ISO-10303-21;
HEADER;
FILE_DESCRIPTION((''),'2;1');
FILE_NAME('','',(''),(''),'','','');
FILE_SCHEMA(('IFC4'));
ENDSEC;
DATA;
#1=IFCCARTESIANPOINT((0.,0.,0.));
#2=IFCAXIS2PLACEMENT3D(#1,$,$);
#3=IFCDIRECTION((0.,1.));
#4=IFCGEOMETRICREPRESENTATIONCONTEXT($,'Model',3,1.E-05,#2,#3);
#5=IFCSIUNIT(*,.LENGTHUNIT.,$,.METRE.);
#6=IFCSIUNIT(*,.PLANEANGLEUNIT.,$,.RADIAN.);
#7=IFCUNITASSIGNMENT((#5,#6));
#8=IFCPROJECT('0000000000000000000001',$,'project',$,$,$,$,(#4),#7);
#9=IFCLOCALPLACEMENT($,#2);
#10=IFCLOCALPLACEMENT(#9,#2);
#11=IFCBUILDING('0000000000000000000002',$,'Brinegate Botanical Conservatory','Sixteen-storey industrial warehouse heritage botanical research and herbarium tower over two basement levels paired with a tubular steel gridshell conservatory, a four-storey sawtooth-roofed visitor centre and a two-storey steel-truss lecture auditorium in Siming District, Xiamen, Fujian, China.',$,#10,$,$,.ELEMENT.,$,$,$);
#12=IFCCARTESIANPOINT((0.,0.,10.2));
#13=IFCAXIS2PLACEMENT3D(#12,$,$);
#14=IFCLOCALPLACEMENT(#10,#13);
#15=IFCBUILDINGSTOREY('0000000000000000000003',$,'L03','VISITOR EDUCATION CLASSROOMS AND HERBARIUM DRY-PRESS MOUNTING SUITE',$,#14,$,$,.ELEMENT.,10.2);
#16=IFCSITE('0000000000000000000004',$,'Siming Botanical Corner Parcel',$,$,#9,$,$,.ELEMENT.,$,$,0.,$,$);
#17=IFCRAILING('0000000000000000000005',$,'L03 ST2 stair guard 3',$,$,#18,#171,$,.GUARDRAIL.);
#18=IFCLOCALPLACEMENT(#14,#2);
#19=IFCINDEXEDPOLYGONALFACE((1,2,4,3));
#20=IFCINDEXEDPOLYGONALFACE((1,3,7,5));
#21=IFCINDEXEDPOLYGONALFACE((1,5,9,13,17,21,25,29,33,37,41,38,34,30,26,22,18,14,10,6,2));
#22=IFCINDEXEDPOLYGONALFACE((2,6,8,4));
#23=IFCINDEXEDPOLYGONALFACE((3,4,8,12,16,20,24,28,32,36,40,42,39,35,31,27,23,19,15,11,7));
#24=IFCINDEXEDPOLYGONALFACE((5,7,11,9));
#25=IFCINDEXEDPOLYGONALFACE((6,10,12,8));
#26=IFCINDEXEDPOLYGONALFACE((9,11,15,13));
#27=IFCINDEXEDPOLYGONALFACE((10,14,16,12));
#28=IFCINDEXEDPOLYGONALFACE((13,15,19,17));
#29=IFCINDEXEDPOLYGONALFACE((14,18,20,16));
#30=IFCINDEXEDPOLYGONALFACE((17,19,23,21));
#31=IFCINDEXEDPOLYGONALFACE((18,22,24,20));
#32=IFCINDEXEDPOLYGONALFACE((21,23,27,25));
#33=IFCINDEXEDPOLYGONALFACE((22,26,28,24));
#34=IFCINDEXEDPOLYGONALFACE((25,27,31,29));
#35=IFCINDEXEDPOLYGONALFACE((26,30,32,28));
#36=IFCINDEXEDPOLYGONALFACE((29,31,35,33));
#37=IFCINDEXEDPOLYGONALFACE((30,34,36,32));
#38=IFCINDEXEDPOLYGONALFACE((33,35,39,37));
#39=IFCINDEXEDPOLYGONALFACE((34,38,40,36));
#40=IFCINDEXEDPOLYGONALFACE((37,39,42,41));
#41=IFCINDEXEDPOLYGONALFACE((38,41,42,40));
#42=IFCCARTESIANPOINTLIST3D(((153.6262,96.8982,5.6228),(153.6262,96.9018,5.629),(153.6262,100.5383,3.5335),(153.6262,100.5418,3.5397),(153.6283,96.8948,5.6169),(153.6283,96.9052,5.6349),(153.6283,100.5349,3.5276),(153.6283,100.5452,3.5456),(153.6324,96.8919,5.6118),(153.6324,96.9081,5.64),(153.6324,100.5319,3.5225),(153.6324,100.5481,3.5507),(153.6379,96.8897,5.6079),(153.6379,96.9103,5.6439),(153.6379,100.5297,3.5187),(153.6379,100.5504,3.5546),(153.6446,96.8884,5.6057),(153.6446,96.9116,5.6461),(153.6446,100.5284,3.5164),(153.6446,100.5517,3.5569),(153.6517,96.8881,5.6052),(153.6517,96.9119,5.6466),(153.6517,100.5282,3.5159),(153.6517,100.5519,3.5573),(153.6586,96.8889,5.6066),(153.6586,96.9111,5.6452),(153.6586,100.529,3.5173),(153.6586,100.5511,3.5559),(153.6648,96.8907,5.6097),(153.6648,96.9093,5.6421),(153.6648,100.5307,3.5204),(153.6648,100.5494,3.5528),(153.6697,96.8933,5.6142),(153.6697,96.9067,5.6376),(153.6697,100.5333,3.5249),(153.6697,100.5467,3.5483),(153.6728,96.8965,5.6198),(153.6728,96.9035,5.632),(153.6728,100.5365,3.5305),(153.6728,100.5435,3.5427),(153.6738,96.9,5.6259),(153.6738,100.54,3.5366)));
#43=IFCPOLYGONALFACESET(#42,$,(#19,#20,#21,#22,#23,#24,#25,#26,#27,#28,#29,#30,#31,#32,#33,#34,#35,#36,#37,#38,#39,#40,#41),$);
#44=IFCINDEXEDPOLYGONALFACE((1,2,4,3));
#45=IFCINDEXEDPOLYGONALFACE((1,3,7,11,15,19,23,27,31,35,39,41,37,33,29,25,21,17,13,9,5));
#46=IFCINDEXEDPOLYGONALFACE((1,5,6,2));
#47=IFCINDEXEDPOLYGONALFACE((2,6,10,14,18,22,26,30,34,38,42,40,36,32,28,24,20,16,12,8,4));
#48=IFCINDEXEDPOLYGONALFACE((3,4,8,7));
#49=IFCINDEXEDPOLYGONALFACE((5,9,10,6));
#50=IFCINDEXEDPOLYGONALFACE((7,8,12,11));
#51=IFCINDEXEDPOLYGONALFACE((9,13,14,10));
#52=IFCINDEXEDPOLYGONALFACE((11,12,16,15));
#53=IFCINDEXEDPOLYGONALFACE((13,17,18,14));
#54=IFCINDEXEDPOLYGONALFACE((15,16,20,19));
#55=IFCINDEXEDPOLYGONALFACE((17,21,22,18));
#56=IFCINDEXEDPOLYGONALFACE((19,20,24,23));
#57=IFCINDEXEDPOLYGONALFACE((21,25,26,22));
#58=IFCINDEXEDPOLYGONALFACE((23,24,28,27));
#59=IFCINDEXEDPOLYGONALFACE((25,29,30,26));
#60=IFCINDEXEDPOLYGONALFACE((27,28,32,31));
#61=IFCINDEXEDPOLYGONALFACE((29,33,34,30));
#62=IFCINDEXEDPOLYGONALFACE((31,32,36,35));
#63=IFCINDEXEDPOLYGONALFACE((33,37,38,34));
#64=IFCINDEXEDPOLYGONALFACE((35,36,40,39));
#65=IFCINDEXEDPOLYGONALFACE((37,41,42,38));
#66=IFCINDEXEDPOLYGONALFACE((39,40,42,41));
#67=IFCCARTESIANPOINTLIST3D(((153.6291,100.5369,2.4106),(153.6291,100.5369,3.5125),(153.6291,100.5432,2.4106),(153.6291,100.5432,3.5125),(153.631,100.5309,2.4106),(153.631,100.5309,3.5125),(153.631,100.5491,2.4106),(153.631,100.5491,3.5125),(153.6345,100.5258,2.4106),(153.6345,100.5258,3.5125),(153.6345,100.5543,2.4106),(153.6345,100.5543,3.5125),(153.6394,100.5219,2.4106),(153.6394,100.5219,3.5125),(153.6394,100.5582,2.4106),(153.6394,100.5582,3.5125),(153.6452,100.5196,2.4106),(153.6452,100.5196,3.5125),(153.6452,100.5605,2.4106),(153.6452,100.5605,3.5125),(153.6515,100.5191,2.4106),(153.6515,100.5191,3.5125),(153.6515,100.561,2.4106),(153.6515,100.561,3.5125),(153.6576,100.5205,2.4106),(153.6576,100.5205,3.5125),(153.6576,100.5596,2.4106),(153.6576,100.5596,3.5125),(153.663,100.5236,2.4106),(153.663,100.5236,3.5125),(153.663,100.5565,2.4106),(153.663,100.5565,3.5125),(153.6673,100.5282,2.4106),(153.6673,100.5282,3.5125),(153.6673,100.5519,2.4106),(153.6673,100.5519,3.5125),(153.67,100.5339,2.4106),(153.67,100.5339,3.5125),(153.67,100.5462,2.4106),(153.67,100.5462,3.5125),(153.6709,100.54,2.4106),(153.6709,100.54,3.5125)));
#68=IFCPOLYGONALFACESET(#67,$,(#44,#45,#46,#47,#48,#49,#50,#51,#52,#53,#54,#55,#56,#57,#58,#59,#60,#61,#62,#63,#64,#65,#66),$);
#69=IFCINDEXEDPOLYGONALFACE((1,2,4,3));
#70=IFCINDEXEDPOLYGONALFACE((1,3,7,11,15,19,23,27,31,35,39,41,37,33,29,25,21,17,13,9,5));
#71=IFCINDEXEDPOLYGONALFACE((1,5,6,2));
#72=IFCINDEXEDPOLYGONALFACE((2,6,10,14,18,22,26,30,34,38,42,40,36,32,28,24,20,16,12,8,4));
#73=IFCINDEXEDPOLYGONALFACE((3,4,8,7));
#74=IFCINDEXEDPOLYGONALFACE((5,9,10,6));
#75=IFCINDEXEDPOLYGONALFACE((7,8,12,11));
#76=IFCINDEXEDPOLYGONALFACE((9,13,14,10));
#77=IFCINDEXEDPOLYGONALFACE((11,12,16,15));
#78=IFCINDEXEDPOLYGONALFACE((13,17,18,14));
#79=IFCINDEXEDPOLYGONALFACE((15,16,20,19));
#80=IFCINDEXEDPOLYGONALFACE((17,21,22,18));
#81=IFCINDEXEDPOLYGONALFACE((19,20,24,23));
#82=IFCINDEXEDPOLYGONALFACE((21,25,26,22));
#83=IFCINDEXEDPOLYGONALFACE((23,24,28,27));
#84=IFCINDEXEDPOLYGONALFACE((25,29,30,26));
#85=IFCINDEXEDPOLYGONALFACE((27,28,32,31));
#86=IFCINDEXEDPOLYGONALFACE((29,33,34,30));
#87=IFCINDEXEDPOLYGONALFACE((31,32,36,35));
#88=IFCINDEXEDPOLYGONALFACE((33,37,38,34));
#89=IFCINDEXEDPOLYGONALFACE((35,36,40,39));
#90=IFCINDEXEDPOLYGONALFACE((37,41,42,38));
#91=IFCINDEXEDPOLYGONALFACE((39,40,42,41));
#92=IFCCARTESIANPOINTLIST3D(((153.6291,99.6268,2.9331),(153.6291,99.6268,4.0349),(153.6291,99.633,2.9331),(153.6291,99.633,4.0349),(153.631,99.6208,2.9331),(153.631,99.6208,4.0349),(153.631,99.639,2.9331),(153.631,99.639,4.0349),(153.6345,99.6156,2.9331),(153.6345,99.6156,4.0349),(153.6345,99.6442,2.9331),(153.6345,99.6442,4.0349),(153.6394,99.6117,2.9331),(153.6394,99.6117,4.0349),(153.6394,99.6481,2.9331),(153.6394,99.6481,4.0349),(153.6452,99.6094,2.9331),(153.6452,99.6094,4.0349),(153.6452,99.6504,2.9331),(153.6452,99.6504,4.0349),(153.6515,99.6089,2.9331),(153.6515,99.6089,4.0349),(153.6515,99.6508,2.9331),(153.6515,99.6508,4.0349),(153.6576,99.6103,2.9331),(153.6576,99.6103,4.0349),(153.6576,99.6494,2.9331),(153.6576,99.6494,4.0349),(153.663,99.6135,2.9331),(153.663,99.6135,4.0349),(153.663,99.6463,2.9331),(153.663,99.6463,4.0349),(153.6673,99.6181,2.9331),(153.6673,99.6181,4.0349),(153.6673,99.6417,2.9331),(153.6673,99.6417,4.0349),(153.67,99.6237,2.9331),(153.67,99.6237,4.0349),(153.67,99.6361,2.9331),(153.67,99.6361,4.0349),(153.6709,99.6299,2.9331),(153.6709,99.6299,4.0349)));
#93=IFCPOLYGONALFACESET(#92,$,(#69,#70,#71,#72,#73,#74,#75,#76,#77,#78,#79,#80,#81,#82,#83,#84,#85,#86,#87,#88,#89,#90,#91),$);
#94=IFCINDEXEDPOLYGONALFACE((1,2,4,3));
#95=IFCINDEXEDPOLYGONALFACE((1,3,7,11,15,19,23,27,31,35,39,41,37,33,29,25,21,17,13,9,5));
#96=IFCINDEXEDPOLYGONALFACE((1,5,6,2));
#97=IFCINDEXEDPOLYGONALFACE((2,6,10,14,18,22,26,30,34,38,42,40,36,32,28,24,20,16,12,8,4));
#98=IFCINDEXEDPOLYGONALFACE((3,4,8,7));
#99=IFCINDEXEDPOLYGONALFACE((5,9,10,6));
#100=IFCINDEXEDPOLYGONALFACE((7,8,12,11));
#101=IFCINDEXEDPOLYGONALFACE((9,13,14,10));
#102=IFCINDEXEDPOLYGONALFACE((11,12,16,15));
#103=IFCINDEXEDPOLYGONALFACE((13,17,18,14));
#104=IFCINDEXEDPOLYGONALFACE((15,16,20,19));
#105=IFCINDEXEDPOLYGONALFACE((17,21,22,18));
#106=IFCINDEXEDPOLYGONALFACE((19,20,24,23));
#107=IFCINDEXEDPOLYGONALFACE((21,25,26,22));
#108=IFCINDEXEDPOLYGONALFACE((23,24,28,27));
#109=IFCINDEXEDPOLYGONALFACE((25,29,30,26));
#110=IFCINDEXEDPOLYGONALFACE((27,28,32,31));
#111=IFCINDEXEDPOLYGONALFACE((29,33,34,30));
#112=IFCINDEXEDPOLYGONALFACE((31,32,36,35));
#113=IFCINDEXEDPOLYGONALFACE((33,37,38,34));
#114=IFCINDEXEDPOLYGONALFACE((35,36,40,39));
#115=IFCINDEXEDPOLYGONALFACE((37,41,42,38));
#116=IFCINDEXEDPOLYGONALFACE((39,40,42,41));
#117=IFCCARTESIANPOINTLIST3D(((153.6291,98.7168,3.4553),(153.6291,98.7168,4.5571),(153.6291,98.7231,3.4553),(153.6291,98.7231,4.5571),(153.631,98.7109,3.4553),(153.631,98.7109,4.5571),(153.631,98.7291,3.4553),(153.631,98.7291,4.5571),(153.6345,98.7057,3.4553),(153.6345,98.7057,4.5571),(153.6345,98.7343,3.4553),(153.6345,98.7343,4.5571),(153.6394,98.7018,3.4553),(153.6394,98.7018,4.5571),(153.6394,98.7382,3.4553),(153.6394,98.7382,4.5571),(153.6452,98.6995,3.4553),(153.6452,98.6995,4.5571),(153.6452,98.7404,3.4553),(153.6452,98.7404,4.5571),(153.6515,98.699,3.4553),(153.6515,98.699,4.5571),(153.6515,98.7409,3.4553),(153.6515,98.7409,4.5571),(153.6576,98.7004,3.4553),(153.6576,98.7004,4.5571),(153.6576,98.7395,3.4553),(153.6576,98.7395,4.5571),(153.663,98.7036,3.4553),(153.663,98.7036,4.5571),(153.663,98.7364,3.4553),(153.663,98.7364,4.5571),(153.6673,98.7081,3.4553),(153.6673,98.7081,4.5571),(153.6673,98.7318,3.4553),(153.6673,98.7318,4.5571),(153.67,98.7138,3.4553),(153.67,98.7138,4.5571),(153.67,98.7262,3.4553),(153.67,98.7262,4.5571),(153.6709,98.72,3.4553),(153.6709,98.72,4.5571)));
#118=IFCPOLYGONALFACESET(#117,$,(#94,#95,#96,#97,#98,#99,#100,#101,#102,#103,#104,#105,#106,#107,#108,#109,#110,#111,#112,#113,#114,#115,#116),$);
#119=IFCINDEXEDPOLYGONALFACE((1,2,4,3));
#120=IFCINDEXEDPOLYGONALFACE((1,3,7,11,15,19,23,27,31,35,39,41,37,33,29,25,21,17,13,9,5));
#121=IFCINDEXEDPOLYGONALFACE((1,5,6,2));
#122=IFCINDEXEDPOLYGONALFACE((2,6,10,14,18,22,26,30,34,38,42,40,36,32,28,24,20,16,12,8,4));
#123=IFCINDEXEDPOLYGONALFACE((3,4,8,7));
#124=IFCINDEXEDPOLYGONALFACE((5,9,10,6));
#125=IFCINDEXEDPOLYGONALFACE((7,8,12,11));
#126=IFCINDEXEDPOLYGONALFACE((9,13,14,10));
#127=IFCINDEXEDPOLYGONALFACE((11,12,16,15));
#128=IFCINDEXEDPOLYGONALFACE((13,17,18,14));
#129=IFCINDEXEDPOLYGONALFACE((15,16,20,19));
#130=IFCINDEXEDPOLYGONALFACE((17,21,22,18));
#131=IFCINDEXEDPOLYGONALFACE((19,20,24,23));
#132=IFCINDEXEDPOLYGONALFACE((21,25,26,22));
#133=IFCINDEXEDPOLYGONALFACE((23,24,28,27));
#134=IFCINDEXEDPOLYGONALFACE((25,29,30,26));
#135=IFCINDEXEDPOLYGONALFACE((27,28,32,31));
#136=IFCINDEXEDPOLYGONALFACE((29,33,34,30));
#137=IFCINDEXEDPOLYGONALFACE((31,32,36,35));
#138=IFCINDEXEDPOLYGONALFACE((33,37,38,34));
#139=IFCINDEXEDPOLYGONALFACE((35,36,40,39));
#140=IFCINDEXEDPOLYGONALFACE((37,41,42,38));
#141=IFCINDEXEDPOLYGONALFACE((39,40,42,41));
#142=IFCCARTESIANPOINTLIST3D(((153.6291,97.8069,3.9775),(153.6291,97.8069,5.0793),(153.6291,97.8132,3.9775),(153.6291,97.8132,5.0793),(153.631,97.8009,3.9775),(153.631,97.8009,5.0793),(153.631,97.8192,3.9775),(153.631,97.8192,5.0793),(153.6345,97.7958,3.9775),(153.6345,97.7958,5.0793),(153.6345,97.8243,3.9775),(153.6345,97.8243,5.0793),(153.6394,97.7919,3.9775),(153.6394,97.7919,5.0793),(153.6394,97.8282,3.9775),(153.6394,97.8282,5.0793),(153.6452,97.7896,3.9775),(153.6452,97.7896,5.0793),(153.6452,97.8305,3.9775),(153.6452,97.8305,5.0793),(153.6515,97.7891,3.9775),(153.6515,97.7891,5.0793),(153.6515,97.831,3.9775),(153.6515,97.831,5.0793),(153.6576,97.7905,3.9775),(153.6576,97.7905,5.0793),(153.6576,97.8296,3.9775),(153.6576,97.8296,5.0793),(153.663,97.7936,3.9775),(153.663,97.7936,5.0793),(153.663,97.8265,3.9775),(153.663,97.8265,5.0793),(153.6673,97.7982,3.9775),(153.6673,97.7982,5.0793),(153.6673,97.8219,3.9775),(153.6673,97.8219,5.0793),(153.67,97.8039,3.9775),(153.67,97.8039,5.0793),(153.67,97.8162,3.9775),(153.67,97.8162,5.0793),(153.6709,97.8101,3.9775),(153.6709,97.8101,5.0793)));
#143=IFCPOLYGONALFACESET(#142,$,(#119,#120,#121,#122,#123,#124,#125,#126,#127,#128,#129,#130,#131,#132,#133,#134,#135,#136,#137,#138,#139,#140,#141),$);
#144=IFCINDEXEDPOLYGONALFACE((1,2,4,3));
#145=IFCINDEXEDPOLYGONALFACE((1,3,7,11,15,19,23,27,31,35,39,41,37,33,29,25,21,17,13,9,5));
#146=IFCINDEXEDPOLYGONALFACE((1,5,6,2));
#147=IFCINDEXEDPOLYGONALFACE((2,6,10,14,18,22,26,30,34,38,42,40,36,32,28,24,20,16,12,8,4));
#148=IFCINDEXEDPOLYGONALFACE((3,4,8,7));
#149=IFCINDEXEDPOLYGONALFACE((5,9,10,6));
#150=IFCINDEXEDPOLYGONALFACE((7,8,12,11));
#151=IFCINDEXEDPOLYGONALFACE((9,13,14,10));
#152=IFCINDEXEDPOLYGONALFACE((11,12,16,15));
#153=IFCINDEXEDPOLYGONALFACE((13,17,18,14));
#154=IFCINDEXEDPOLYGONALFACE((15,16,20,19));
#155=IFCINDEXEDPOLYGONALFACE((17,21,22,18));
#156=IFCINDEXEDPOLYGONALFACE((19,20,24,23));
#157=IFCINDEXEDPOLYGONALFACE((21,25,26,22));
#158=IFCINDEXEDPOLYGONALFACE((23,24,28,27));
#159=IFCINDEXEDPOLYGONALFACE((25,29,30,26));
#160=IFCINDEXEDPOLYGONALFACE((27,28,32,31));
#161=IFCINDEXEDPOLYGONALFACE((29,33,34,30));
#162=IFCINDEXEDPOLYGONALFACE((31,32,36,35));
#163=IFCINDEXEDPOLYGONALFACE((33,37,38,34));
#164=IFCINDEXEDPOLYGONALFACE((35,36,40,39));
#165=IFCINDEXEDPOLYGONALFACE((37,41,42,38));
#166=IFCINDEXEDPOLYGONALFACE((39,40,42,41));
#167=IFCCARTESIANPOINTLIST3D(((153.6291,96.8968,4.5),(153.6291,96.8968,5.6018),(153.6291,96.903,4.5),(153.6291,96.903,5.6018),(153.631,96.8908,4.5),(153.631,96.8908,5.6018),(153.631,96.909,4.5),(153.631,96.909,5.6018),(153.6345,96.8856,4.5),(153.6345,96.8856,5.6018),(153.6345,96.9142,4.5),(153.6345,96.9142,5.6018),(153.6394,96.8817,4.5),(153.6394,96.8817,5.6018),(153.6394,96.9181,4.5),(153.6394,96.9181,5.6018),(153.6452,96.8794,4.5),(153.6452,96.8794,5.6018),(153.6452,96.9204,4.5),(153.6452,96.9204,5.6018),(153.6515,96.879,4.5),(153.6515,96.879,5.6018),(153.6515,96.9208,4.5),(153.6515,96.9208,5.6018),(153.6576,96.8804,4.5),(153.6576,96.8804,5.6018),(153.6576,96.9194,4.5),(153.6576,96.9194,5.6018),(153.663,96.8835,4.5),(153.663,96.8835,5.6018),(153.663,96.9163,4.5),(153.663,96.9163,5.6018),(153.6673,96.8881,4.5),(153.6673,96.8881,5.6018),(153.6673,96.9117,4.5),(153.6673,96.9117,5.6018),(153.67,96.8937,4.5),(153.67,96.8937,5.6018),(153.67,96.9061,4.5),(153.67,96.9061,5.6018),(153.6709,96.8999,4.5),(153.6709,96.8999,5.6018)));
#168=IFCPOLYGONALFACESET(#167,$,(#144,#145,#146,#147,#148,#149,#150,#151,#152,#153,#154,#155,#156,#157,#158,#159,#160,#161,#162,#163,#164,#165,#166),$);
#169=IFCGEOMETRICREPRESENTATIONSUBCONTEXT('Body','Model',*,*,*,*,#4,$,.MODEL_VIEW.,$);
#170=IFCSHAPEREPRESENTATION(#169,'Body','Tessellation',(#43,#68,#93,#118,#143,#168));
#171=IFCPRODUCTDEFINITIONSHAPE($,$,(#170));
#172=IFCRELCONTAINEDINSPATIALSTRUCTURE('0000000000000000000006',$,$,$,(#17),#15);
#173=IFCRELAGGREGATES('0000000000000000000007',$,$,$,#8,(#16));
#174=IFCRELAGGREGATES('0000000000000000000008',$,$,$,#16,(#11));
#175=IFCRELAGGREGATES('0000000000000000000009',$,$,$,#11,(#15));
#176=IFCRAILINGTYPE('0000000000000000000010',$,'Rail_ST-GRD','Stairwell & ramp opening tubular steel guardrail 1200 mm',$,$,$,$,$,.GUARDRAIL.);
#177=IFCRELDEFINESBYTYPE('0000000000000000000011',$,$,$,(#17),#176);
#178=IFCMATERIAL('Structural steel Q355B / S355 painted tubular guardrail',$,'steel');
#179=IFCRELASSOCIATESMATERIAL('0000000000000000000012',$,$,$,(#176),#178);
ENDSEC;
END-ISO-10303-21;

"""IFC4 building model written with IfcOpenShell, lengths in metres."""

from ifc_helpers import new_model, si_unit, direction, frame, origin, origin_2d, place, context, subcontext, project, spatial, circle, extrude, material, type_object, element, save


model = new_model("IFC4")

# Units and contexts
model_context = context("Model", 3, precision=1e-05, world=origin(), true_north=direction((0.0, 1.0)))
body_context = subcontext(model_context, "Body", "Model", "MODEL_VIEW")
ifc_project = project(units=[si_unit("LENGTHUNIT", "METRE"), si_unit("PLANEANGLEUNIT", "RADIAN")], contexts=[model_context])

# Site, building, storey
site_placement = place(None, origin())
site = spatial("IfcSite", under=ifc_project, at=site_placement, Name="Siming Botanical Corner Parcel", CompositionType="ELEMENT", RefElevation=0.0)
building_placement = place(site_placement, origin())
building = spatial("IfcBuilding", under=site, at=building_placement, Name="Brinegate Botanical Conservatory", Description="Sixteen-storey industrial warehouse heritage botanical research and herbarium tower over two basement levels paired with a tubular steel gridshell conservatory, a four-storey sawtooth-roofed visitor centre and a two-storey steel-truss lecture auditorium in Siming District, Xiamen, Fujian, China.", CompositionType="ELEMENT")
storey_placement = place(building_placement, frame((0.0, 0.0, 10.2)))
storey = spatial("IfcBuildingStorey", under=building, at=storey_placement, Name="L03", Description="VISITOR EDUCATION CLASSROOMS AND HERBARIUM DRY-PRESS MOUNTING SUITE", CompositionType="ELEMENT", Elevation=10.2)

# Railing
ifc_material_1 = material(Name="Structural steel Q355B / S355 painted tubular guardrail", Category="steel")
railing_type_1 = type_object("IfcRailingType", Name="Rail_ST-GRD", Description="Stairwell & ramp opening tubular steel guardrail 1200 mm", PredefinedType="GUARDRAIL", material=ifc_material_1)
railing_1_placement = place(storey_placement, frame((153.6499, 100.54, 2.4106)))
element("IfcRailing", 1, at=railing_1_placement, inside=storey, type_object=railing_type_1, Name="L03 ST2 stair guard 3", PredefinedType="GUARDRAIL", context=body_context, shape_type="SweptSolid", body=[
    extrude(circle(Radius=0.0239, at=origin_2d()), frame((0.0, 0.0, 1.126), z_axis=(0.0, -0.867289, 0.497804), x_axis=(1.0, 0.0, 0.0)), (0.0, 0.0, 1.0), 4.197),
    extrude(circle(Radius=0.021, at=origin_2d()), origin(), (0.0, 0.0, 1.0), 1.1018),
    extrude(circle(Radius=0.021, at=origin_2d()), frame((0.0, -0.9102, 0.5225)), (0.0, 0.0, 1.0), 1.1018),
    extrude(circle(Radius=0.021, at=origin_2d()), frame((0.0, -1.8201, 1.0447)), (0.0, 0.0, 1.0), 1.1018),
    extrude(circle(Radius=0.021, at=origin_2d()), frame((0.0, -2.73, 1.5669)), (0.0, 0.0, 1.0), 1.1018),
    extrude(circle(Radius=0.021, at=origin_2d()), frame((0.0, -3.6401, 2.0894)), (0.0, 0.0, 1.0), 1.1018),
])

save(model, "model.ifc")
